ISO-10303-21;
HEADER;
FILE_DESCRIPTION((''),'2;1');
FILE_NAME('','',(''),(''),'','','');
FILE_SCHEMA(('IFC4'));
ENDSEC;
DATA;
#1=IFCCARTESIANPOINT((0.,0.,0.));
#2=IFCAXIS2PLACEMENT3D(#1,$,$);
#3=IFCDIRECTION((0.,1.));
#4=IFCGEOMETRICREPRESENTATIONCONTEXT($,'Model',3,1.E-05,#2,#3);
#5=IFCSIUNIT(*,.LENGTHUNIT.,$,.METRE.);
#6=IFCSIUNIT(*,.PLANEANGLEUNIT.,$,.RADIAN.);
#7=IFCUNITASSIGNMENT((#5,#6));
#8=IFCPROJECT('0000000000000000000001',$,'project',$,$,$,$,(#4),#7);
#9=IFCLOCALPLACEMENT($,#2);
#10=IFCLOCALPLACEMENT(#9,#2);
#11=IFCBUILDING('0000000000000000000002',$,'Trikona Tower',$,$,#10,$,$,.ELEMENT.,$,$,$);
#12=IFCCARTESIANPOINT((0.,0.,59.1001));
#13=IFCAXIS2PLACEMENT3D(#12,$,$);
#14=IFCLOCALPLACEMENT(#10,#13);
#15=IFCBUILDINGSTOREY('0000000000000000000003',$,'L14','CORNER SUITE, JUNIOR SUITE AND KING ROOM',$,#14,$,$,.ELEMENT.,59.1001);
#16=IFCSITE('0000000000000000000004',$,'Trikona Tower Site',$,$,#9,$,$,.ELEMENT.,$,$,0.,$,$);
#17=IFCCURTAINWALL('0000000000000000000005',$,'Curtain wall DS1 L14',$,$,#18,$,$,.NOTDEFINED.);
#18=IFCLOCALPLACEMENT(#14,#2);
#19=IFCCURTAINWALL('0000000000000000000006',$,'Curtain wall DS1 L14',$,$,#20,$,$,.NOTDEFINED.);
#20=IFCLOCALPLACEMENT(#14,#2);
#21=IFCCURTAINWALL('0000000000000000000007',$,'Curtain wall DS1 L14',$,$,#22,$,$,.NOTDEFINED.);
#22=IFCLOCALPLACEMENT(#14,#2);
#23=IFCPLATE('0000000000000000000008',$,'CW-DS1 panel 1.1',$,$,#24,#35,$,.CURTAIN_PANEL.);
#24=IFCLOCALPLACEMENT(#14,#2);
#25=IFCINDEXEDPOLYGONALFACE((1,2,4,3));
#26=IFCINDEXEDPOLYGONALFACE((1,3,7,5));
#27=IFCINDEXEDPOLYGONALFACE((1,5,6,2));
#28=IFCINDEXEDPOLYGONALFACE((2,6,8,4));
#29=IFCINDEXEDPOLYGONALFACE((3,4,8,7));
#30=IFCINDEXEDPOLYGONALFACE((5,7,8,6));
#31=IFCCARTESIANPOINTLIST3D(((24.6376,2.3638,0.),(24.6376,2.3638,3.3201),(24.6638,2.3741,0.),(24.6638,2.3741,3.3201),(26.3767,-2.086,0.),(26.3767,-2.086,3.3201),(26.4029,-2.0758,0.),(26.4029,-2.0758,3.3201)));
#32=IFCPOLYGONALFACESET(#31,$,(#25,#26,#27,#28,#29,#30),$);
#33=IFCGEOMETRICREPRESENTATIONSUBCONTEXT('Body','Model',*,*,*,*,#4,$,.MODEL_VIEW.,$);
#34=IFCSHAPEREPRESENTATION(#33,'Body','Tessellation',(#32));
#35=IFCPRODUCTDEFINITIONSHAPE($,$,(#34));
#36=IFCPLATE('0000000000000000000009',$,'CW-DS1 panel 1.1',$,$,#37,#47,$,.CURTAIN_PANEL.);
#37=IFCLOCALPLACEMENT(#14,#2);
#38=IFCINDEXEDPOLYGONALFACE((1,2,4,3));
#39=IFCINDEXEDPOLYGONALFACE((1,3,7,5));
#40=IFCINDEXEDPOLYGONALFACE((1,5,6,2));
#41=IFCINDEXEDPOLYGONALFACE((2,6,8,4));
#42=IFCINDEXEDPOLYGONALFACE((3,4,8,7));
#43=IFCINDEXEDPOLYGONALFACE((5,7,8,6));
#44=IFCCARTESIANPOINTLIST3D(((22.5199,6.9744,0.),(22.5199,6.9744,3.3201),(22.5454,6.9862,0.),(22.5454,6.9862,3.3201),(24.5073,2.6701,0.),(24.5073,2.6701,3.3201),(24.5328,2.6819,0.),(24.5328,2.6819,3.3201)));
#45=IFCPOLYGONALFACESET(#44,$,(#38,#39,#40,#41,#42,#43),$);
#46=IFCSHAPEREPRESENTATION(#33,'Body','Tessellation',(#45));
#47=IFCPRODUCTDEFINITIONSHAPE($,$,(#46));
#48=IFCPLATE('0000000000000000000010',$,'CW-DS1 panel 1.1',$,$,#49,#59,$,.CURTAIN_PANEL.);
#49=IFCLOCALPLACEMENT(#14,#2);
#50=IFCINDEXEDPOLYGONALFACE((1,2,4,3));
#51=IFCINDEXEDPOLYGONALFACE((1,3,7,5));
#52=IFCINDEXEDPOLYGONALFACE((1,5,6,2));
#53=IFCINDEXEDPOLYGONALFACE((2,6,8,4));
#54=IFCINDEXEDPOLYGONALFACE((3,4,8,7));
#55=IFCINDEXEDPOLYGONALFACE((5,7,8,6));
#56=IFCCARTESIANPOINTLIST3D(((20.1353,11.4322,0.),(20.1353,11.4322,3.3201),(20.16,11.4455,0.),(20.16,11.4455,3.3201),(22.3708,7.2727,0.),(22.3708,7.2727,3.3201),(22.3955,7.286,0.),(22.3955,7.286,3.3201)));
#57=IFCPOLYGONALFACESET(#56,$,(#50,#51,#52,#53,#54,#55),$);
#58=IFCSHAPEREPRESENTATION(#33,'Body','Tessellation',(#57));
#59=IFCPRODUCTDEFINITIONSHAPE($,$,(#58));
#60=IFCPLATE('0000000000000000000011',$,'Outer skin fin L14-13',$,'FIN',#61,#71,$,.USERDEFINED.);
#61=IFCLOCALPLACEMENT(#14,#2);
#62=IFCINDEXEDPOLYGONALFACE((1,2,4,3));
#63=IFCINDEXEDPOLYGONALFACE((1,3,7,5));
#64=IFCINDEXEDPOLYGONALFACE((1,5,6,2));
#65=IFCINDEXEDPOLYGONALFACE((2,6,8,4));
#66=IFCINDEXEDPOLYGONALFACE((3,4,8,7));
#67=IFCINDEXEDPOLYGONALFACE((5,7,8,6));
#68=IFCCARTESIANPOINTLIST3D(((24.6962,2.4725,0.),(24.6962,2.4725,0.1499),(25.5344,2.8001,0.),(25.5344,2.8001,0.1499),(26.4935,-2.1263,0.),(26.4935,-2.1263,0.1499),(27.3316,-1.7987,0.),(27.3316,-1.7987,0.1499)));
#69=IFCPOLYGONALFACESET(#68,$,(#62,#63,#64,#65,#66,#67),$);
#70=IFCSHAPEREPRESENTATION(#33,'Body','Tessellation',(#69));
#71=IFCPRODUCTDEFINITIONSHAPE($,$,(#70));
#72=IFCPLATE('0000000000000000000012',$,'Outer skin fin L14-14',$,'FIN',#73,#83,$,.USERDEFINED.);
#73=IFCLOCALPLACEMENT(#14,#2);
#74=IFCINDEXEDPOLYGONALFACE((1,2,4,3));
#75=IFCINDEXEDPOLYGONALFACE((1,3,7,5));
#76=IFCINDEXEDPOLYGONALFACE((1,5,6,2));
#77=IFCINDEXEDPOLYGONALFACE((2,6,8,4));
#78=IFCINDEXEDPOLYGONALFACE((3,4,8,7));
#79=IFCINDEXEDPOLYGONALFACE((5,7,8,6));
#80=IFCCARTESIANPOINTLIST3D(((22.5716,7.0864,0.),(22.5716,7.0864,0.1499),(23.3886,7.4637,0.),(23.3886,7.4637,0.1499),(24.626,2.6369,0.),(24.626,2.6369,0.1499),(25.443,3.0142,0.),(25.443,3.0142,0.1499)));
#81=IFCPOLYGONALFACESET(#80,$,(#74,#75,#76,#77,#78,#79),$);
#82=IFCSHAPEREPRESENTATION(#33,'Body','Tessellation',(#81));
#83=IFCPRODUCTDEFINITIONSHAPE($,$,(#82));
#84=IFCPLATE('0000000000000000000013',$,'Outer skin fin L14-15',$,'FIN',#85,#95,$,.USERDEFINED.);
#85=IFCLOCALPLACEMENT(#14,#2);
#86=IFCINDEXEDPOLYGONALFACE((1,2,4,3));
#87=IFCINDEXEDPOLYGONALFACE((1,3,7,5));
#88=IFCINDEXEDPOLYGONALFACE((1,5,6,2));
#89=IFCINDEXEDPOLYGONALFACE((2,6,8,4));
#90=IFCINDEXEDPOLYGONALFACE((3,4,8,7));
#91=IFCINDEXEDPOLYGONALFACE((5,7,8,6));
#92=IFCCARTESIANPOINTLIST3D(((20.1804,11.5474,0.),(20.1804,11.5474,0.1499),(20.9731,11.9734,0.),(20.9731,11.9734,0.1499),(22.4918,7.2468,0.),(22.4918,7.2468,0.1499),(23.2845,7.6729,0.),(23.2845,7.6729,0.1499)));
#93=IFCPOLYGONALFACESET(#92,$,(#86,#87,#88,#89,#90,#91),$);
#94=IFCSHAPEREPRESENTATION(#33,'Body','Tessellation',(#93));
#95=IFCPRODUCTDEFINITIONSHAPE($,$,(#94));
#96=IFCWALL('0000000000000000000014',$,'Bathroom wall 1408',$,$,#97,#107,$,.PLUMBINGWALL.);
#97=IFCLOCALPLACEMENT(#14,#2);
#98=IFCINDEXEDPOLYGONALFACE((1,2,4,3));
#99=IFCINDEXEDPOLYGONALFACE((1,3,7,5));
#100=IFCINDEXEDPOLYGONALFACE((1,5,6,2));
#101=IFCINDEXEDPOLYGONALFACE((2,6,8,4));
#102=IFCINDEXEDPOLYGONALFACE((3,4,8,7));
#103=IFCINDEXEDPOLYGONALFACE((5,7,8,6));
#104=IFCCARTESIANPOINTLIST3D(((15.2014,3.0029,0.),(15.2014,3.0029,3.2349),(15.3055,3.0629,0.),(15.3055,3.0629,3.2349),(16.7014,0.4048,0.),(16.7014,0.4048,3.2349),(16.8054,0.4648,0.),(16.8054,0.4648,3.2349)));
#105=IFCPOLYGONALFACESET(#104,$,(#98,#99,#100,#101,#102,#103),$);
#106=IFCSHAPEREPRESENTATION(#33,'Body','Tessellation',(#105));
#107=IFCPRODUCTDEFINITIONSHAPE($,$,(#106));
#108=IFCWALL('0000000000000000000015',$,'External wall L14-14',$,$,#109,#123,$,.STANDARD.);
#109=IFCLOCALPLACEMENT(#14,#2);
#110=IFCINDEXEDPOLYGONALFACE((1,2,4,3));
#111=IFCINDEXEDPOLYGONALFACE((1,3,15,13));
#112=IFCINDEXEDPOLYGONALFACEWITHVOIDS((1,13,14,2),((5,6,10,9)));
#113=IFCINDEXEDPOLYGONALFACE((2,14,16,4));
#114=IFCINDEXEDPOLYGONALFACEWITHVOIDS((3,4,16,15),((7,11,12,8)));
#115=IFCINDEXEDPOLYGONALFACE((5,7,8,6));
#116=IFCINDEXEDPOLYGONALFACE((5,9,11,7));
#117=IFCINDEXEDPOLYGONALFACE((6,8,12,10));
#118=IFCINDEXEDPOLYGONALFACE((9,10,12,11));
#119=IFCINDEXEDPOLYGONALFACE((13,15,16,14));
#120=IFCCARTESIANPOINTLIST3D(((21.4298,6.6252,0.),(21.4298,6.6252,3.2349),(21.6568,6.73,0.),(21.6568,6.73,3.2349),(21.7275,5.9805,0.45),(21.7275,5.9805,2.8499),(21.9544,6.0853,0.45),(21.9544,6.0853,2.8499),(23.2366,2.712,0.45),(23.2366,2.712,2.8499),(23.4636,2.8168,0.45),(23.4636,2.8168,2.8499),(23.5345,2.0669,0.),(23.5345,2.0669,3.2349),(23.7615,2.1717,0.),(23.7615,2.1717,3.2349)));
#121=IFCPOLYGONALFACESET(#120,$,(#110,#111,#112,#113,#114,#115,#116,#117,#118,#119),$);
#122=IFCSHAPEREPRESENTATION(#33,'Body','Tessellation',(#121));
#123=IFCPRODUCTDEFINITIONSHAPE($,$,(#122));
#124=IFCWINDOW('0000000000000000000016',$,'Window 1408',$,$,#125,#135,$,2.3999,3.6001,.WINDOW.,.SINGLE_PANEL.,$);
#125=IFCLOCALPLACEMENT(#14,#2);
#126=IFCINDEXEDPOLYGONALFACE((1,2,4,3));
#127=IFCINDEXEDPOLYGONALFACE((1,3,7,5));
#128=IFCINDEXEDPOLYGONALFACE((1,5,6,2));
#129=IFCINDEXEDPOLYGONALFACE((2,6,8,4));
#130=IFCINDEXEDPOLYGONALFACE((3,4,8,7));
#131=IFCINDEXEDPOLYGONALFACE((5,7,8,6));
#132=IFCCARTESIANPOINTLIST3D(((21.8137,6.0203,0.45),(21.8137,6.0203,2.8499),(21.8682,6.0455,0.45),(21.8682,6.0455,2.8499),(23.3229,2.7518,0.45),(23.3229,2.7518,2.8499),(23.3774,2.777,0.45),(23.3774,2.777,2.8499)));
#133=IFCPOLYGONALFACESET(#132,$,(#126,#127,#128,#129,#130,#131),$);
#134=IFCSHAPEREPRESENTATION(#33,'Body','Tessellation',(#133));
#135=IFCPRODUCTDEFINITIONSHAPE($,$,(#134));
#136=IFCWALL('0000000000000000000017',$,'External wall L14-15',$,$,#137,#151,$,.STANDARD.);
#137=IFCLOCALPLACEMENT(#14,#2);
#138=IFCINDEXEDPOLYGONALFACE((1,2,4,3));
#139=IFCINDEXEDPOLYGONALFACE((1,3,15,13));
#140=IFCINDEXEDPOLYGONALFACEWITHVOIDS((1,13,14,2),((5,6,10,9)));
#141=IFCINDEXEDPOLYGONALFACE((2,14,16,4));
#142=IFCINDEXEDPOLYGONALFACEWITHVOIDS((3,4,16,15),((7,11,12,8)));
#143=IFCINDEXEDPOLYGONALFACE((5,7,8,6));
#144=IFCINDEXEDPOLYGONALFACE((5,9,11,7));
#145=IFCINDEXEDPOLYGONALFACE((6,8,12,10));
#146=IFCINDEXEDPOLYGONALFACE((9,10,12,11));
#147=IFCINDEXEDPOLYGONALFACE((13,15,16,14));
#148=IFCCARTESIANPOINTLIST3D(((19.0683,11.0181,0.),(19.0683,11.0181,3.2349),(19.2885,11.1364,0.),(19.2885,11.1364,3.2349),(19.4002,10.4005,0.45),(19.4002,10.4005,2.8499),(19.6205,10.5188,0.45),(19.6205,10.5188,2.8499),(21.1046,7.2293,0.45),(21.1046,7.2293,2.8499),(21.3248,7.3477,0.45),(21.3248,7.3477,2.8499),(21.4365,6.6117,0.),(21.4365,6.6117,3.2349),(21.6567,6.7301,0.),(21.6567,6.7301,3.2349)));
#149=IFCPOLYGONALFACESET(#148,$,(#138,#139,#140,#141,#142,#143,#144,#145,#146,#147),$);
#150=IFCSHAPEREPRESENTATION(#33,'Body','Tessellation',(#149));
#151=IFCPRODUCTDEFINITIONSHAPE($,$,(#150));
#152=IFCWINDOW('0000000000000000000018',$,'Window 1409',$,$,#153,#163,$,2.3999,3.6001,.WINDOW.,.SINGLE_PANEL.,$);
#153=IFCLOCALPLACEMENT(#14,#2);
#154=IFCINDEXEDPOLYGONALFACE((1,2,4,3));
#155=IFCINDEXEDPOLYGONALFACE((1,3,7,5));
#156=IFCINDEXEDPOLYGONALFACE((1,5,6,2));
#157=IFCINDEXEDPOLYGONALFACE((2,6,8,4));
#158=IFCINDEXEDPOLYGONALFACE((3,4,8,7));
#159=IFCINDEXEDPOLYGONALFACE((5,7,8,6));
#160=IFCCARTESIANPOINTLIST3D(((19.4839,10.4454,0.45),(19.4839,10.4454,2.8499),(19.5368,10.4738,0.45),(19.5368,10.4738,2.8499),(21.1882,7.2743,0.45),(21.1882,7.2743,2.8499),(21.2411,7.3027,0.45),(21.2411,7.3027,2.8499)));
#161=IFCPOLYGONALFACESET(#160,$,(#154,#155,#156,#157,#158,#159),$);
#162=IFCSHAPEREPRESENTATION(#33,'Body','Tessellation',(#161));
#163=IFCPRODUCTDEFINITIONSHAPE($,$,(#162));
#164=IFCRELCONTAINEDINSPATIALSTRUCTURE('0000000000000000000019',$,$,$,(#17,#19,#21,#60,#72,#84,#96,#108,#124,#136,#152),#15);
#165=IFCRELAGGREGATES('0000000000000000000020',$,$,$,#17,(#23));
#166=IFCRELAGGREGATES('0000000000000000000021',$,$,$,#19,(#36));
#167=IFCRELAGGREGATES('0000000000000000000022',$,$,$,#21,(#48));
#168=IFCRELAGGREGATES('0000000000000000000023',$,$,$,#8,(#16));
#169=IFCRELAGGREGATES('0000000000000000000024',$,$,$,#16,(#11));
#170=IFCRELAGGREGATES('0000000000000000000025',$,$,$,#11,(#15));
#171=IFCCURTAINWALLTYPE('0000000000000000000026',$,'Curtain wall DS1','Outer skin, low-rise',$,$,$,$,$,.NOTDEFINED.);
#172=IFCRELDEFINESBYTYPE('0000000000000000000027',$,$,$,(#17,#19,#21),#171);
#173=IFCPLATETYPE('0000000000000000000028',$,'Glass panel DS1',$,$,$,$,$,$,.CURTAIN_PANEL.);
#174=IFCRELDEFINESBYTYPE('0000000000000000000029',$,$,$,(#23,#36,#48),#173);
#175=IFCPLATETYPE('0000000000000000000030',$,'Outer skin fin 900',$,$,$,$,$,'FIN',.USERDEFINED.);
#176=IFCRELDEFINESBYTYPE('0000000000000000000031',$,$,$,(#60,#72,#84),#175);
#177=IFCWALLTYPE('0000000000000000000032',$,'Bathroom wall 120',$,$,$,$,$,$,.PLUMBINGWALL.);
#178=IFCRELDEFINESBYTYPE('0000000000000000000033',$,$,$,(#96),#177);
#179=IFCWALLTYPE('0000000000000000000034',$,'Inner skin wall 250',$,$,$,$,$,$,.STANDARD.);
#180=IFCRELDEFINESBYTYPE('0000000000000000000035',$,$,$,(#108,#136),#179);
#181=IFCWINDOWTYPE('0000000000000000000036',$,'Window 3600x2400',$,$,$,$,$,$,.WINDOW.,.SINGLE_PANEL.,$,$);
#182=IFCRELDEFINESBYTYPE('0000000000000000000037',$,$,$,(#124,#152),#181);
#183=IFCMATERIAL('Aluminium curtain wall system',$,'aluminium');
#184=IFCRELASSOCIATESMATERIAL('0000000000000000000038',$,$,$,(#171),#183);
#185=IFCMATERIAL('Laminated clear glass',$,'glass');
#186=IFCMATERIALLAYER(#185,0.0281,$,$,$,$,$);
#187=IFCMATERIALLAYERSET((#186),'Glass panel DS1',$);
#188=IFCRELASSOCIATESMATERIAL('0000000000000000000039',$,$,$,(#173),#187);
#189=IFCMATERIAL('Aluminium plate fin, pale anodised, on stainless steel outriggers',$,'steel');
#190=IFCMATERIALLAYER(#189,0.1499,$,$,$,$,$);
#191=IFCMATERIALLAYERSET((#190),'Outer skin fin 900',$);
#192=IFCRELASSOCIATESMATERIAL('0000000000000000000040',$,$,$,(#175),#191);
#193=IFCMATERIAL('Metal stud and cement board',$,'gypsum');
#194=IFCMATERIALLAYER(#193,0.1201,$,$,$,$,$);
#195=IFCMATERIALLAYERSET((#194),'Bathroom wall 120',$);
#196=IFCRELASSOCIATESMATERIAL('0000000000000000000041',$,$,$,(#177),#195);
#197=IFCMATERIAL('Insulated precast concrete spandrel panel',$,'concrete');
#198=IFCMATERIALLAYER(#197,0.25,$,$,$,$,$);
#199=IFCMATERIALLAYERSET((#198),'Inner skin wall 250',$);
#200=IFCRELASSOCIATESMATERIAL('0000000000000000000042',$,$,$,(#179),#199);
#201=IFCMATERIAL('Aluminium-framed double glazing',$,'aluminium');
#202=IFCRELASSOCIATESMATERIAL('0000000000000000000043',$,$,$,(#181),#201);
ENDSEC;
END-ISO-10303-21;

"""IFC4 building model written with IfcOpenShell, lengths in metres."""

from ifc_helpers import new_model, si_unit, direction, frame, frame_2d, origin, origin_2d, place, context, subcontext, project, spatial, rectangle, extrude, material, layer, layer_set, type_object, element, fill, aggregate, save


model = new_model("IFC4")

# Units and contexts
model_context = context("Model", 3, precision=1e-05, world=origin(), true_north=direction((0.0, 1.0)))
body_context = subcontext(model_context, "Body", "Model", "MODEL_VIEW")
ifc_project = project(units=[si_unit("LENGTHUNIT", "METRE"), si_unit("PLANEANGLEUNIT", "RADIAN")], contexts=[model_context])

# Site, building, storey
site_placement = place(None, origin())
site = spatial("IfcSite", under=ifc_project, at=site_placement, Name="Trikona Tower Site", CompositionType="ELEMENT", RefElevation=0.0)
building_placement = place(site_placement, origin())
building = spatial("IfcBuilding", under=site, at=building_placement, Name="Trikona Tower", CompositionType="ELEMENT")
storey_placement = place(building_placement, frame((0.0, 0.0, 59.1001)))
storey = spatial("IfcBuildingStorey", under=building, at=storey_placement, Name="L14", Description="CORNER SUITE, JUNIOR SUITE AND KING ROOM", CompositionType="ELEMENT", Elevation=59.1001)

# Curtain wall
ifc_material_1 = material(Name="Aluminium curtain wall system", Category="aluminium")
curtain_wall_type = type_object("IfcCurtainWallType", Name="Curtain wall DS1", Description="Outer skin, low-rise", PredefinedType="NOTDEFINED", material=ifc_material_1)
curtain_wall_1_placement = place(storey_placement, origin())
curtain_wall_1 = element("IfcCurtainWall", 1, at=curtain_wall_1_placement, inside=storey, type_object=curtain_wall_type, Name="Curtain wall DS1 L14", PredefinedType="NOTDEFINED")

# Curtain walls
curtain_wall_2_placement = place(storey_placement, origin())
curtain_wall_2 = element("IfcCurtainWall", 2, at=curtain_wall_2_placement, inside=storey, type_object=curtain_wall_type, Name="Curtain wall DS1 L14", PredefinedType="NOTDEFINED")
curtain_wall_3_placement = place(storey_placement, origin())
curtain_wall_3 = element("IfcCurtainWall", 3, at=curtain_wall_3_placement, inside=storey, type_object=curtain_wall_type, Name="Curtain wall DS1 L14", PredefinedType="NOTDEFINED")

# Plates
ifc_material_2 = material(Name="Laminated clear glass", Category="glass")
ifc_layer_1 = layer(ifc_material_2, 0.0281)
ifc_layer_set_1 = layer_set([ifc_layer_1], Name="Glass panel DS1")
plate_type_1 = type_object("IfcPlateType", Name="Glass panel DS1", PredefinedType="CURTAIN_PANEL", material=ifc_layer_set_1)
plate_1_placement = place(storey_placement, frame((25.5203, 0.144, 0.0), z_axis=(0.0, 0.0, 1.0), x_axis=(-0.364008, 0.931396, 0.0)))
plate_1 = element("IfcPlate", 4, at=plate_1_placement, type_object=plate_type_1, Name="CW-DS1 panel 1.1", PredefinedType="CURTAIN_PANEL", context=body_context, shape_type="SweptSolid", body=[
    extrude(rectangle(XDim=4.7776, YDim=0.0281, at=origin_2d()), origin(), (0.0, 0.0, 1.0), 3.3201),
])
aggregate(curtain_wall_1, [plate_1])
plate_2_placement = place(storey_placement, frame((23.5264, 4.8281, 0.0), z_axis=(0.0, 0.0, 1.0), x_axis=(-0.41919, 0.907898, 0.0)))
plate_2 = element("IfcPlate", 5, at=plate_2_placement, type_object=plate_type_1, Name="CW-DS1 panel 1.1", PredefinedType="CURTAIN_PANEL", context=body_context, shape_type="SweptSolid", body=[
    extrude(rectangle(XDim=4.741, YDim=0.0281, at=origin_2d()), origin(), (0.0, 0.0, 1.0), 3.3201),
])
aggregate(curtain_wall_2, [plate_2])
plate_3_placement = place(storey_placement, frame((21.2654, 9.3591, 0.0), z_axis=(0.0, 0.0, 1.0), x_axis=(-0.473408, 0.880843, 0.0)))
plate_3 = element("IfcPlate", 6, at=plate_3_placement, type_object=plate_type_1, Name="CW-DS1 panel 1.1", PredefinedType="CURTAIN_PANEL", context=body_context, shape_type="SweptSolid", body=[
    extrude(rectangle(XDim=4.7222, YDim=0.0281, at=origin_2d()), origin(), (0.0, 0.0, 1.0), 3.3201),
])
aggregate(curtain_wall_3, [plate_3])

# Plates
ifc_material_3 = material(Name="Aluminium plate fin, pale anodised, on stainless steel outriggers", Category="steel")
ifc_layer_2 = layer(ifc_material_3, 0.1499)
ifc_layer_set_2 = layer_set([ifc_layer_2], Name="Outer skin fin 900")
plate_type_2 = type_object("IfcPlateType", Name="Outer skin fin 900", ElementType="FIN", PredefinedType="USERDEFINED", material=ifc_layer_set_2)
plate_4_placement = place(storey_placement, frame((26.0139, 0.3369, 0.0), z_axis=(0.0, 0.0, 1.0), x_axis=(-0.364009, 0.931395, 0.0)))
element("IfcPlate", 7, at=plate_4_placement, inside=storey, type_object=plate_type_2, Name="Outer skin fin L14-13", ObjectType="FIN", PredefinedType="USERDEFINED", context=body_context, shape_type="SweptSolid", body=[
    extrude(rectangle(XDim=4.9375, YDim=0.8999, at=origin_2d()), origin(), (0.0, 0.0, 1.0), 0.1499),
])
plate_5_placement = place(storey_placement, frame((24.0073, 5.0503, 0.0), z_axis=(0.0, 0.0, 1.0), x_axis=(-0.419194, 0.907897, 0.0)))
element("IfcPlate", 8, at=plate_5_placement, inside=storey, type_object=plate_type_2, Name="Outer skin fin L14-14", ObjectType="FIN", PredefinedType="USERDEFINED", context=body_context, shape_type="SweptSolid", body=[
    extrude(rectangle(XDim=4.9009, YDim=0.8999, at=origin_2d()), origin(), (0.0, 0.0, 1.0), 0.1499),
])
plate_6_placement = place(storey_placement, frame((21.7324, 9.6101, 0.0), z_axis=(0.0, 0.0, 1.0), x_axis=(-0.473423, 0.880835, 0.0)))
element("IfcPlate", 9, at=plate_6_placement, inside=storey, type_object=plate_type_2, Name="Outer skin fin L14-15", ObjectType="FIN", PredefinedType="USERDEFINED", context=body_context, shape_type="SweptSolid", body=[
    extrude(rectangle(XDim=4.8823, YDim=0.8999, at=origin_2d()), origin(), (0.0, 0.0, 1.0), 0.1499),
])

# Wall
ifc_material_4 = material(Name="Metal stud and cement board", Category="gypsum")
ifc_layer_3 = layer(ifc_material_4, 0.1201)
ifc_layer_set_3 = layer_set([ifc_layer_3], Name="Bathroom wall 120")
wall_type_1 = type_object("IfcWallType", Name="Bathroom wall 120", PredefinedType="PLUMBINGWALL", material=ifc_layer_set_3)
wall_1_placement = place(storey_placement, frame((16.7534, 0.4348, 0.0), z_axis=(0.0, 0.0, 1.0), x_axis=(-0.49999, 0.866031, 0.0)))
element("IfcWall", 10, at=wall_1_placement, inside=storey, type_object=wall_type_1, Name="Bathroom wall 1408", PredefinedType="PLUMBINGWALL", context=body_context, shape_type="SweptSolid", body=[
    extrude(rectangle(XDim=3.0, YDim=0.1201, at=frame_2d((1.5, 0.0))), origin(), (0.0, 0.0, 1.0), 3.2349),
])

# Walls, openings, windows
ifc_material_5 = material(Name="Insulated precast concrete spandrel panel", Category="concrete")
ifc_layer_4 = layer(ifc_material_5, 0.25)
ifc_layer_set_4 = layer_set([ifc_layer_4], Name="Inner skin wall 250")
wall_type_2 = type_object("IfcWallType", Name="Inner skin wall 250", PredefinedType="STANDARD", material=ifc_layer_set_4)
wall_2_placement = place(storey_placement, frame((23.6479, 2.1194, 0.0), z_axis=(0.0, 0.0, 1.0), x_axis=(-0.419203, 0.907892, 0.0)))
wall_2 = element("IfcWall", 11, at=wall_2_placement, inside=storey, type_object=wall_type_2, Name="External wall L14-14", PredefinedType="STANDARD", context=body_context, shape_type="SweptSolid", body=[
    extrude(rectangle(XDim=5.0208, YDim=0.25, at=frame_2d((2.5103, 0.0))), origin(), (0.0, 0.0, 1.0), 3.2349),
])
opening_1_placement = place(wall_2_placement, frame((0.7104, 0.0, 0.45)))
opening_1 = element("IfcOpeningElement", 12, at=opening_1_placement, cuts=wall_2, PredefinedType="OPENING", context=body_context, shape_type="SweptSolid", body=[
    extrude(rectangle(XDim=3.6001, YDim=2.3999, at=frame_2d((1.8, 1.2))), frame((0.0, 0.135, 0.0), z_axis=(0.0, -1.0, 0.0), x_axis=(1.0, 0.0, 0.0)), (0.0, 0.0, 1.0), 0.27),
])
ifc_material_6 = material(Name="Aluminium-framed double glazing", Category="aluminium")
window_type = type_object("IfcWindowType", Name="Window 3600x2400", PartitioningType="SINGLE_PANEL", PredefinedType="WINDOW", material=ifc_material_6)
window_1_placement = place(opening_1_placement, origin())
window_1 = element("IfcWindow", 13, at=window_1_placement, inside=storey, type_object=window_type, Name="Window 1408", OverallHeight=2.3999, OverallWidth=3.6001, PartitioningType="SINGLE_PANEL", PredefinedType="WINDOW", context=body_context, shape_type="SweptSolid", body=[
    extrude(rectangle(XDim=3.6001, YDim=2.3999, at=frame_2d((1.8, 1.2))), frame((0.0, 0.03, 0.0), z_axis=(0.0, -1.0, 0.0), x_axis=(1.0, 0.0, 0.0)), (0.0, 0.0, 1.0), 0.0601),
])
fill(opening_1, window_1)
wall_3_placement = place(storey_placement, frame((21.5466, 6.6709, 0.0), z_axis=(0.0, 0.0, 1.0), x_axis=(-0.473413, 0.880841, 0.0)))
wall_3 = element("IfcWall", 14, at=wall_3_placement, inside=storey, type_object=wall_type_2, Name="External wall L14-15", PredefinedType="STANDARD", context=body_context, shape_type="SweptSolid", body=[
    extrude(rectangle(XDim=5.0024, YDim=0.25, at=frame_2d((2.5012, 0.0))), origin(), (0.0, 0.0, 1.0), 3.2349),
])
opening_2_placement = place(wall_3_placement, frame((0.7012, 0.0, 0.45)))
opening_2 = element("IfcOpeningElement", 15, at=opening_2_placement, cuts=wall_3, PredefinedType="OPENING", context=body_context, shape_type="SweptSolid", body=[
    extrude(rectangle(XDim=3.6001, YDim=2.3999, at=frame_2d((1.8, 1.2))), frame((0.0, 0.135, 0.0), z_axis=(0.0, -1.0, 0.0), x_axis=(1.0, 0.0, 0.0)), (0.0, 0.0, 1.0), 0.27),
])
window_2_placement = place(opening_2_placement, origin())
window_2 = element("IfcWindow", 16, at=window_2_placement, inside=storey, type_object=window_type, Name="Window 1409", OverallHeight=2.3999, OverallWidth=3.6001, PartitioningType="SINGLE_PANEL", PredefinedType="WINDOW", context=body_context, shape_type="SweptSolid", body=[
    extrude(rectangle(XDim=3.6001, YDim=2.3999, at=frame_2d((1.8, 1.2))), frame((0.0, 0.03, 0.0), z_axis=(0.0, -1.0, 0.0), x_axis=(1.0, 0.0, 0.0)), (0.0, 0.0, 1.0), 0.0601),
])
fill(opening_2, window_2)

save(model, "model.ifc")
